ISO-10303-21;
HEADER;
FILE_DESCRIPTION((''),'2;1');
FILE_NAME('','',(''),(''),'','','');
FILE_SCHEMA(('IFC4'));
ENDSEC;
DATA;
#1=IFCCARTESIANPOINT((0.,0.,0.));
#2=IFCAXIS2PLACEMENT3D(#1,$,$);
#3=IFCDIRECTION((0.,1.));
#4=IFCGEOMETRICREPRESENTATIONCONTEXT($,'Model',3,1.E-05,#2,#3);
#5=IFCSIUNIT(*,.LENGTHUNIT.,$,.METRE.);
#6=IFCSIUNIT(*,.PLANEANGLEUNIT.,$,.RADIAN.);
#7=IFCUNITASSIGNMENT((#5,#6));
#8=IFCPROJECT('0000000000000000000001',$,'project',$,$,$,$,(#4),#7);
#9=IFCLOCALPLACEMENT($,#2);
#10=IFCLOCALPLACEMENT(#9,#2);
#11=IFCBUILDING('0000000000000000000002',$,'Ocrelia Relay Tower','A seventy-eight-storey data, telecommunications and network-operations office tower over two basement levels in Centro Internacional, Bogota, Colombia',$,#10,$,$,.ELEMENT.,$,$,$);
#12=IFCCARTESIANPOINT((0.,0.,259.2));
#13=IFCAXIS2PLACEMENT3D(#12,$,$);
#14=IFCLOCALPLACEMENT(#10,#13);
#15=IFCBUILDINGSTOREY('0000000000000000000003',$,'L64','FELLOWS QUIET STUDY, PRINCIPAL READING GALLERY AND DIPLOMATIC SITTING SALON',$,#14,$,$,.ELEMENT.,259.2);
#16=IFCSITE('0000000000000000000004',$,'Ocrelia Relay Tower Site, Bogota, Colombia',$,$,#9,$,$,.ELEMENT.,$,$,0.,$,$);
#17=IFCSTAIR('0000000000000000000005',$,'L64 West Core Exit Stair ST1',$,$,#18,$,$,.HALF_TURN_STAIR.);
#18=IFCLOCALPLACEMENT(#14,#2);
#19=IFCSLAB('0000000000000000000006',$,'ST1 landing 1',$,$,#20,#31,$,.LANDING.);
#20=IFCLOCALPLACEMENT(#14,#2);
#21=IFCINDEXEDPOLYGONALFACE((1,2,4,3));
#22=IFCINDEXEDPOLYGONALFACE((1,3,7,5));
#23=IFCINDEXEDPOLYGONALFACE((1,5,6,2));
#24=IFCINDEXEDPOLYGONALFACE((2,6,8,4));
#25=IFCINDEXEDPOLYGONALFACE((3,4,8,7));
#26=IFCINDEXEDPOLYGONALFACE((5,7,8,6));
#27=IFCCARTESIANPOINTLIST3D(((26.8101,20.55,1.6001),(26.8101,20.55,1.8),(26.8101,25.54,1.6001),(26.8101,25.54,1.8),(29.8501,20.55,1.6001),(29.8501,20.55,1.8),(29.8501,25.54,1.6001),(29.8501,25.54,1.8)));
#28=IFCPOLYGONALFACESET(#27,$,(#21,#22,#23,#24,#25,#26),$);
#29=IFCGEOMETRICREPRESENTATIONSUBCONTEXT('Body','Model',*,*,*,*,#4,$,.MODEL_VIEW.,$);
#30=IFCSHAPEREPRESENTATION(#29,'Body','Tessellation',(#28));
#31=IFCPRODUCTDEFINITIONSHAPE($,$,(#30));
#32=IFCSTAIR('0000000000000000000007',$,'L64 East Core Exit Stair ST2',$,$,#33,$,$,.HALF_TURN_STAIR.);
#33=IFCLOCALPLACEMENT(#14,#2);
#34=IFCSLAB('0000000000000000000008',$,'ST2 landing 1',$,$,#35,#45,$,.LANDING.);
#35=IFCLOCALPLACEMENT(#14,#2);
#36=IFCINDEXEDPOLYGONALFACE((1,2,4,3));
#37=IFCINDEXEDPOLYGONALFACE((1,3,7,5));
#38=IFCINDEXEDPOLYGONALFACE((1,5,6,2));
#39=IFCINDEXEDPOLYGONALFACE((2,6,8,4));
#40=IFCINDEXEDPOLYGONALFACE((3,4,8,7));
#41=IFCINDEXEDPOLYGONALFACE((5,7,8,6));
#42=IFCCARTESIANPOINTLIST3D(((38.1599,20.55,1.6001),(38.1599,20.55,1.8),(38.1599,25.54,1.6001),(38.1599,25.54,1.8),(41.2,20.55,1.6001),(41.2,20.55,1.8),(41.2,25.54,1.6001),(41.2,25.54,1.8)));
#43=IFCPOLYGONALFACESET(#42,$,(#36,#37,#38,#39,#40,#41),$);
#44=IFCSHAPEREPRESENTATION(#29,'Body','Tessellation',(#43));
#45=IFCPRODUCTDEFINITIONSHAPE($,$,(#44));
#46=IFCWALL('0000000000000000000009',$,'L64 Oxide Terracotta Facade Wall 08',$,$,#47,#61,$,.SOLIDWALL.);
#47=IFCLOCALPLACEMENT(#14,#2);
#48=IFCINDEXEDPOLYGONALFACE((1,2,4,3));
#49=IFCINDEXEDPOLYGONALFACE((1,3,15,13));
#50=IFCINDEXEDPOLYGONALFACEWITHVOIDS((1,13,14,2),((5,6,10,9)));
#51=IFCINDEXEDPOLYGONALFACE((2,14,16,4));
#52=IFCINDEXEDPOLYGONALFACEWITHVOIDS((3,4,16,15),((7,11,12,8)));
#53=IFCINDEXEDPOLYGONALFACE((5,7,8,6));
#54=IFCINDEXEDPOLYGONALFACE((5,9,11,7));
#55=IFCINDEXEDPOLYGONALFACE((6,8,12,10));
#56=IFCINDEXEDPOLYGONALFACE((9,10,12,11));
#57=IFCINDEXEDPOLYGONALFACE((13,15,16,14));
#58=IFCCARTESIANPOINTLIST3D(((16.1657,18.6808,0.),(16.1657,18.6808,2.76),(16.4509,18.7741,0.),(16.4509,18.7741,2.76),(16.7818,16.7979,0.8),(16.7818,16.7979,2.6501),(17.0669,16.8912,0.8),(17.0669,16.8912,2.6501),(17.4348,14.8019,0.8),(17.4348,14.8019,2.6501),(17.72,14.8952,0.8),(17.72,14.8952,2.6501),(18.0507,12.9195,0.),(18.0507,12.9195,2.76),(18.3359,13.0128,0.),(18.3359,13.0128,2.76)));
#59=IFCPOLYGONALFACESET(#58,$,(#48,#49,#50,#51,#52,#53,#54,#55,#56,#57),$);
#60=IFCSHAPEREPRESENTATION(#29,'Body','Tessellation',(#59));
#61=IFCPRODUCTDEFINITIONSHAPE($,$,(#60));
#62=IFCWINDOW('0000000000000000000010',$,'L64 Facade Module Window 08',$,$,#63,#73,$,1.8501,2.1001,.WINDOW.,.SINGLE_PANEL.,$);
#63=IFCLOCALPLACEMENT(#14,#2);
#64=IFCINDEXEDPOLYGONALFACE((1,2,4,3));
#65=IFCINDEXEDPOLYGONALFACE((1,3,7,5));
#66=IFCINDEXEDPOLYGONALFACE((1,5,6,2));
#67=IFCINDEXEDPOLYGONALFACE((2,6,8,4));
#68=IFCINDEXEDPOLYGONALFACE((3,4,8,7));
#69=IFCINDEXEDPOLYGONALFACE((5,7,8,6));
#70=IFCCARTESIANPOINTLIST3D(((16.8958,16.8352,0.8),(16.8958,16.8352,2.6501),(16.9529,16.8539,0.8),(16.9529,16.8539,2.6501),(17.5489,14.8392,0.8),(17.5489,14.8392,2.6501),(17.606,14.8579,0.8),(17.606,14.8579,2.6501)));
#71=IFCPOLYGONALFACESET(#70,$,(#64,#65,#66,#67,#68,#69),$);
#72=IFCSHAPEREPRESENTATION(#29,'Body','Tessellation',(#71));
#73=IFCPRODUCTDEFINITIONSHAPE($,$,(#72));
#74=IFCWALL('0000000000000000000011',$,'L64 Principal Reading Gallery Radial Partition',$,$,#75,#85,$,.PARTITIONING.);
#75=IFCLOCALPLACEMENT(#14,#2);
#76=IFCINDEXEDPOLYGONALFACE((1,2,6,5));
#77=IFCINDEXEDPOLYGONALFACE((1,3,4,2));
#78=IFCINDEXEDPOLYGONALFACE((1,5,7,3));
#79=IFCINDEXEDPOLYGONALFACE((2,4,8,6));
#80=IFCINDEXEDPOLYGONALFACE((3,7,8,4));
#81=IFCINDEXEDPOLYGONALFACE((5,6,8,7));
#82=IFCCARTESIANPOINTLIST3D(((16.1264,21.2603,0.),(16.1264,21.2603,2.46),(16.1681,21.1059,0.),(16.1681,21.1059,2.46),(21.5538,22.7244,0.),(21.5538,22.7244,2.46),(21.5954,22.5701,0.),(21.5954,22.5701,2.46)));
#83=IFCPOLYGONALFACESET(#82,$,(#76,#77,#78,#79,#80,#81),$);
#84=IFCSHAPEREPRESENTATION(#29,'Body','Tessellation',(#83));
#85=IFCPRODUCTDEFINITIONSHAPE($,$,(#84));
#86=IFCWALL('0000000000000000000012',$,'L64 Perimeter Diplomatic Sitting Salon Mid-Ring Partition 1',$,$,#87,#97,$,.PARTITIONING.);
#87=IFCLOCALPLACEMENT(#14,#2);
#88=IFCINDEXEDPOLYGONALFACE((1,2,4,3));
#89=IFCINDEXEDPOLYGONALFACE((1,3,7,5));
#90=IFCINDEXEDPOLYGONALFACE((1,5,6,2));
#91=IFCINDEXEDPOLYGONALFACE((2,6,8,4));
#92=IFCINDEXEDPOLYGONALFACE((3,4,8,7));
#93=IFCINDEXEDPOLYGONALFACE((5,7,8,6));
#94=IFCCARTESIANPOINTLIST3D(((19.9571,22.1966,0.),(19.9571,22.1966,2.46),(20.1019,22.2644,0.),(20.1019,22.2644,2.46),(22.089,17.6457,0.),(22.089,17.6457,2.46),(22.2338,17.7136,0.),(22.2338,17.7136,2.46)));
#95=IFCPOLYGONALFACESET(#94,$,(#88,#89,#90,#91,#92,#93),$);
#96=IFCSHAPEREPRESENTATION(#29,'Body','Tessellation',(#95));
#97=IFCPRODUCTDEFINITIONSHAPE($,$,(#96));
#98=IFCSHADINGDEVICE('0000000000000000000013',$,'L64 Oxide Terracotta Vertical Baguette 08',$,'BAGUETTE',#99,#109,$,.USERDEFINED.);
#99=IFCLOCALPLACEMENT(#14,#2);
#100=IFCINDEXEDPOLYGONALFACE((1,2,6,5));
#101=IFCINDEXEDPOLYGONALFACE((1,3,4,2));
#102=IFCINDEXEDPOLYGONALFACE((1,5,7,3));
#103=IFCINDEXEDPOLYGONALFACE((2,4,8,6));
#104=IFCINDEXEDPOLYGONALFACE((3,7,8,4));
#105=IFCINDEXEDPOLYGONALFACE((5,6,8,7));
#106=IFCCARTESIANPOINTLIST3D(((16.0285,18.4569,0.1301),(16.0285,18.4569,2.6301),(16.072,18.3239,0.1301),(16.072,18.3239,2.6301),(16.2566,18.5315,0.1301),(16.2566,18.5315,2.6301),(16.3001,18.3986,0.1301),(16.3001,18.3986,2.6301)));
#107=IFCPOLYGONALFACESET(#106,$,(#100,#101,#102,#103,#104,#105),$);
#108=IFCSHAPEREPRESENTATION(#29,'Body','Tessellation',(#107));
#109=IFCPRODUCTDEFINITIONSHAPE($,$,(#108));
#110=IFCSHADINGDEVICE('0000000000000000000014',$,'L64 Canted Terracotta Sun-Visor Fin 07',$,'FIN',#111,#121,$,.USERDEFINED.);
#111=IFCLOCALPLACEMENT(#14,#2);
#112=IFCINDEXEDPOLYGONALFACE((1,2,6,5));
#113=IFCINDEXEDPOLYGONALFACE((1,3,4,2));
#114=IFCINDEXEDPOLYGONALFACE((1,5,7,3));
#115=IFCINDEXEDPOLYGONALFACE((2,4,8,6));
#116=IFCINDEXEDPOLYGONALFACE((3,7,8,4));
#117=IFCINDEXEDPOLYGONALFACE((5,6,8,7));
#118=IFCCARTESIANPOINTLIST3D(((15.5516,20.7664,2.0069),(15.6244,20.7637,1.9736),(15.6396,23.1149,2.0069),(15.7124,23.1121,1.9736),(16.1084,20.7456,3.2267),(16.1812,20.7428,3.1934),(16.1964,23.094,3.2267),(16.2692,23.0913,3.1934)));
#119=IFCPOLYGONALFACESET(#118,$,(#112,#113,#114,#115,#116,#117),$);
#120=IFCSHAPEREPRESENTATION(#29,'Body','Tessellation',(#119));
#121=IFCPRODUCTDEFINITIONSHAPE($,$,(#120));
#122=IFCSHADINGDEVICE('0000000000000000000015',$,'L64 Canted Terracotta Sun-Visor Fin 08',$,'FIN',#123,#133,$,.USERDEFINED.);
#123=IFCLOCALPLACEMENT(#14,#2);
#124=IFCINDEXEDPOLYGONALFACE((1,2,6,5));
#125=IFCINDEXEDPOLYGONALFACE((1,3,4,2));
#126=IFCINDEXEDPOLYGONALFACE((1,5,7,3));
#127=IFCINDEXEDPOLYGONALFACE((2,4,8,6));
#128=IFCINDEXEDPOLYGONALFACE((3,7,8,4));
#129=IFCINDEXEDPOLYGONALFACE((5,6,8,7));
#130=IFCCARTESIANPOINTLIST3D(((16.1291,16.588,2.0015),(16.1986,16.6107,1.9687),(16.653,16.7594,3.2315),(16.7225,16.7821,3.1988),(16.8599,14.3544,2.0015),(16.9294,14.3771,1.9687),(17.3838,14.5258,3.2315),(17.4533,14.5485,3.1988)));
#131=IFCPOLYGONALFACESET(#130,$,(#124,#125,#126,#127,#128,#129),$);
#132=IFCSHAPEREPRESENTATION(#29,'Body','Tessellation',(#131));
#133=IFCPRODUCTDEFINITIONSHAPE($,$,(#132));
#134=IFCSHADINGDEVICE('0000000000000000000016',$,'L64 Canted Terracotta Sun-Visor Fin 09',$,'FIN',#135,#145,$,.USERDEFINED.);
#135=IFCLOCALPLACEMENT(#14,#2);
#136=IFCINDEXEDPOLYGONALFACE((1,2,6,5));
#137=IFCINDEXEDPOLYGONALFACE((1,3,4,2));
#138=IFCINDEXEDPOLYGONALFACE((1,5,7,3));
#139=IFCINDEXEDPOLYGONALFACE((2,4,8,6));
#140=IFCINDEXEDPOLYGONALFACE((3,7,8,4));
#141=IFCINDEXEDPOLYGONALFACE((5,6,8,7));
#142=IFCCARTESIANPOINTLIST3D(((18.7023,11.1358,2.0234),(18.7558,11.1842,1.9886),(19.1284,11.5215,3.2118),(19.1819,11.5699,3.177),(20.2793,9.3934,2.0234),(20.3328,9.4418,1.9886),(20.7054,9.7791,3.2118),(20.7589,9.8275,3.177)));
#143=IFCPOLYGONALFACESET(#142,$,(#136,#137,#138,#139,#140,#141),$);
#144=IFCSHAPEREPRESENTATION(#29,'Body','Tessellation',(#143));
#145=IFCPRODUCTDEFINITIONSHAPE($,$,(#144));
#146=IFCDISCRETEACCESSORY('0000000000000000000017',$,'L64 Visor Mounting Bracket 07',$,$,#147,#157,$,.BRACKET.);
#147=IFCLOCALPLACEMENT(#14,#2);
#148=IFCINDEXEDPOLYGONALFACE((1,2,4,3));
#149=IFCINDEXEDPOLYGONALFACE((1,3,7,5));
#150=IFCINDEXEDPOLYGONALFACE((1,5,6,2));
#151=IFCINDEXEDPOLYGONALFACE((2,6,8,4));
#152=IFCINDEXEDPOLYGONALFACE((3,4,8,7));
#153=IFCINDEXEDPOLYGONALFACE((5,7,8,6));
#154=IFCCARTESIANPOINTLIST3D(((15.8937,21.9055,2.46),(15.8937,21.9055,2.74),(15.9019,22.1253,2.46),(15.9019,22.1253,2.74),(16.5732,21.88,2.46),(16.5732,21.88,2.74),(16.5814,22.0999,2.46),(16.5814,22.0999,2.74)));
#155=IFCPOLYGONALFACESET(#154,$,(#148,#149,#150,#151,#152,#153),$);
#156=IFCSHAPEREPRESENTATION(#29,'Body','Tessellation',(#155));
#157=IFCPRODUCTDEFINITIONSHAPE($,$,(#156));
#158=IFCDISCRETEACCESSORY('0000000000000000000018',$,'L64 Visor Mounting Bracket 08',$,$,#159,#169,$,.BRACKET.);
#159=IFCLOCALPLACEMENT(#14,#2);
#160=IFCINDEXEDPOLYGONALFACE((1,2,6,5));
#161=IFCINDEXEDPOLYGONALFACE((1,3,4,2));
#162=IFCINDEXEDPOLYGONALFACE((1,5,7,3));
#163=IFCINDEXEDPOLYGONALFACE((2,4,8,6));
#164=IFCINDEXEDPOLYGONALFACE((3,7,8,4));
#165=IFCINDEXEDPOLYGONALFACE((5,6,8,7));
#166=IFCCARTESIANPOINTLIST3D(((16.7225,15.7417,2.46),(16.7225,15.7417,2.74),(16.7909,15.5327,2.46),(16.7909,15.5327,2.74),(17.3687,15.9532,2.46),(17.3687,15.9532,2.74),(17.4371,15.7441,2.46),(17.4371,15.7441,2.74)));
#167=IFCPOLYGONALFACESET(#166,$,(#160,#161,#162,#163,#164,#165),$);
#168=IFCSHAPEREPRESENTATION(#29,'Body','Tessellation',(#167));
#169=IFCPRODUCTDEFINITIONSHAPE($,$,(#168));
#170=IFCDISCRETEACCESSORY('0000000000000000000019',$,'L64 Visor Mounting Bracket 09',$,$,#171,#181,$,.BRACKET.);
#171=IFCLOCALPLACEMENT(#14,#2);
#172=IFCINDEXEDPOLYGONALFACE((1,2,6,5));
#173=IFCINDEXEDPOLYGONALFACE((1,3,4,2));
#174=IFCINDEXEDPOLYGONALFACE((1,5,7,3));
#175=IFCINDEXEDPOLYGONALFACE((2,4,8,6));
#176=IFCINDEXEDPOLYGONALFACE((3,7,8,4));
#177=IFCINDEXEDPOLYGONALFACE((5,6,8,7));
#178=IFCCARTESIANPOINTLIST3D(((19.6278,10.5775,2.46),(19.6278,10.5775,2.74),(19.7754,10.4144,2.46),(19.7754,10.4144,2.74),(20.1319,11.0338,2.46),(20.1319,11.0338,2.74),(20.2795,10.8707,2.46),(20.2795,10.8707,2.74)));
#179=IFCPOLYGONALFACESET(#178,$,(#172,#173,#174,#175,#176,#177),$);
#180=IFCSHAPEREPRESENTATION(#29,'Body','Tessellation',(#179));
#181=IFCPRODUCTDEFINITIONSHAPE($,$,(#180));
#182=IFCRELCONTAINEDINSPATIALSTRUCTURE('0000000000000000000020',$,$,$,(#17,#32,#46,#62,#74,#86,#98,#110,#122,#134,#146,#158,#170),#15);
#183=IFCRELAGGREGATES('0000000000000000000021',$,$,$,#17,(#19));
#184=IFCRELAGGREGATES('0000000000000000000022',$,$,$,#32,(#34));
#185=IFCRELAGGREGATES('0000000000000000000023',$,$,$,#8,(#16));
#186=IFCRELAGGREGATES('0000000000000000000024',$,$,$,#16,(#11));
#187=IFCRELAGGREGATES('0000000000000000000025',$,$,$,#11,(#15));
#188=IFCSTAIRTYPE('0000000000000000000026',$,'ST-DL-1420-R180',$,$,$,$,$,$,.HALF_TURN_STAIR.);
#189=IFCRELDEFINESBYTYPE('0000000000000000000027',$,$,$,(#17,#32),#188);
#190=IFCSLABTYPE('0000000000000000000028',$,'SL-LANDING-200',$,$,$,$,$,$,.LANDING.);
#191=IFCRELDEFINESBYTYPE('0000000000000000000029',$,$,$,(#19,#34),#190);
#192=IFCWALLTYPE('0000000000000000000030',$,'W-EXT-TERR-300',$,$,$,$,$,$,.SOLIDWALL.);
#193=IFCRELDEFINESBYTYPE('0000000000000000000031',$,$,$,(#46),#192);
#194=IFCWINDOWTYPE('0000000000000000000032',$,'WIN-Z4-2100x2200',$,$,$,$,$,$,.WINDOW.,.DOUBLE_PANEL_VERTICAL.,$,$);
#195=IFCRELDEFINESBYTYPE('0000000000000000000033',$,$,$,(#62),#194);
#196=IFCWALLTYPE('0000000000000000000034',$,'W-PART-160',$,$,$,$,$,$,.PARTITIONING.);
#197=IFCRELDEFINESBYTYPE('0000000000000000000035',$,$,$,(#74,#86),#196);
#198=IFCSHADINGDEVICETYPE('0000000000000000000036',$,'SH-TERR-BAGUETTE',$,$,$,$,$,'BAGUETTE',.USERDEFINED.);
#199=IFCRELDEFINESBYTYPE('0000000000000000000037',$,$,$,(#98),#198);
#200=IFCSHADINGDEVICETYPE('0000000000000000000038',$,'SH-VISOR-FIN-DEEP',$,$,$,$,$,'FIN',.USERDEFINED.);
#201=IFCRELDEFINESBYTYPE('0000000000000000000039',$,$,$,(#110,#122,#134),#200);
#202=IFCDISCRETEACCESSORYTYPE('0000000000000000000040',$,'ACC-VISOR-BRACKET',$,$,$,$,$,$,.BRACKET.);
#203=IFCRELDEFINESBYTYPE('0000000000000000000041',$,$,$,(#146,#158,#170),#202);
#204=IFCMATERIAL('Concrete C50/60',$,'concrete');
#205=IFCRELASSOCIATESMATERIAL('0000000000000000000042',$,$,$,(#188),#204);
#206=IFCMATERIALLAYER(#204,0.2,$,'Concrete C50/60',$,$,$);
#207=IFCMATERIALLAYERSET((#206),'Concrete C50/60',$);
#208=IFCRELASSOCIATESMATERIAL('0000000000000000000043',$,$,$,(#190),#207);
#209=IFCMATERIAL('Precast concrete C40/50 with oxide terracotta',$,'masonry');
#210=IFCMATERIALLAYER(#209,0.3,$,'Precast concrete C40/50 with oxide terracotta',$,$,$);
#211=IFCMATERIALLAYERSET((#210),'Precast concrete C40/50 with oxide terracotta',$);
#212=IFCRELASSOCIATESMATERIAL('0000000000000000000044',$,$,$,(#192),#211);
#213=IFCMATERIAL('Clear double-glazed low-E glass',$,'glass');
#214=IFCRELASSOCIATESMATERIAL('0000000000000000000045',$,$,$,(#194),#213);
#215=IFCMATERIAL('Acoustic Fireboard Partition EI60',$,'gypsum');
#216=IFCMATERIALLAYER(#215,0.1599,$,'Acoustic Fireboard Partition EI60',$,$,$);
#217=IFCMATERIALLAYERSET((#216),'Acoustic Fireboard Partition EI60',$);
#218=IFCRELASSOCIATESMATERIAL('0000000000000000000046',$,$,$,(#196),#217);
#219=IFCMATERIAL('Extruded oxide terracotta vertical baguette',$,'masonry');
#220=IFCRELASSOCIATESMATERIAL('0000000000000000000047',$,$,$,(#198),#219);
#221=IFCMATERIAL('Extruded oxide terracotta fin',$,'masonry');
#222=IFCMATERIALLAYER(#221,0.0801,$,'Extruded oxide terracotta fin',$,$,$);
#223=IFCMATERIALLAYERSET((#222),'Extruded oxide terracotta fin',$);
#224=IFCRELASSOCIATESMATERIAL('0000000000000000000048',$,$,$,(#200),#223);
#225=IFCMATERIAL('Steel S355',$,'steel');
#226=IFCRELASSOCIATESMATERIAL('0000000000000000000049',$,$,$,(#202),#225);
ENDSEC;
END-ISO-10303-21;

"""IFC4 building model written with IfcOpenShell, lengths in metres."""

from ifc_helpers import new_model, si_unit, direction, frame, frame_2d, origin, origin_2d, place, context, subcontext, project, spatial, polyline, rectangle, outline, extrude, material, layer, layer_set, type_object, element, fill, aggregate, save


model = new_model("IFC4")

# Units and contexts
model_context = context("Model", 3, precision=1e-05, world=origin(), true_north=direction((0.0, 1.0)))
body_context = subcontext(model_context, "Body", "Model", "MODEL_VIEW")
ifc_project = project(units=[si_unit("LENGTHUNIT", "METRE"), si_unit("PLANEANGLEUNIT", "RADIAN")], contexts=[model_context])

# Site, building, storey
site_placement = place(None, origin())
site = spatial("IfcSite", under=ifc_project, at=site_placement, Name="Ocrelia Relay Tower Site, Bogota, Colombia", CompositionType="ELEMENT", RefElevation=0.0)
building_placement = place(site_placement, origin())
building = spatial("IfcBuilding", under=site, at=building_placement, Name="Ocrelia Relay Tower", Description="A seventy-eight-storey data, telecommunications and network-operations office tower over two basement levels in Centro Internacional, Bogota, Colombia", CompositionType="ELEMENT")
storey_placement = place(building_placement, frame((0.0, 0.0, 259.2)))
storey = spatial("IfcBuildingStorey", under=building, at=storey_placement, Name="L64", Description="FELLOWS QUIET STUDY, PRINCIPAL READING GALLERY AND DIPLOMATIC SITTING SALON", CompositionType="ELEMENT", Elevation=259.2)

# Shared definitions
ifc_material_1 = material(Name="Concrete C50/60", Category="concrete")

# Shared definitions
ifc_material_2 = material(Name="Steel S355", Category="steel")

# Shared definitions
ifc_material_3 = material(Name="Clear double-glazed low-E glass", Category="glass")

# Stairs, slabs
stair_type = type_object("IfcStairType", Name="ST-DL-1420-R180", PredefinedType="HALF_TURN_STAIR", material=ifc_material_1)
stair_1_placement = place(storey_placement, origin())
stair_1 = element("IfcStair", 1, at=stair_1_placement, inside=storey, type_object=stair_type, Name="L64 West Core Exit Stair ST1", PredefinedType="HALF_TURN_STAIR")
ifc_layer_1 = layer(ifc_material_1, 0.2, Name="Concrete C50/60")
ifc_layer_set_1 = layer_set([ifc_layer_1], Name="Concrete C50/60")
slab_type_1 = type_object("IfcSlabType", Name="SL-LANDING-200", PredefinedType="LANDING", material=ifc_layer_set_1)
slab_1_placement = place(storey_placement, frame((0.0, 0.0, 1.6001)))
slab_1 = element("IfcSlab", 2, at=slab_1_placement, type_object=slab_type_1, Name="ST1 landing 1", PredefinedType="LANDING", context=body_context, shape_type="SweptSolid", body=[
    extrude(outline(polyline([(26.8101, 25.54), (26.8101, 20.55), (29.8501, 20.55), (29.8501, 25.54), (26.8101, 25.54)])), origin(), (0.0, 0.0, 1.0), 0.2),
])
aggregate(stair_1, [slab_1])
stair_2_placement = place(storey_placement, origin())
stair_2 = element("IfcStair", 3, at=stair_2_placement, inside=storey, type_object=stair_type, Name="L64 East Core Exit Stair ST2", PredefinedType="HALF_TURN_STAIR")
slab_2_placement = place(storey_placement, frame((0.0, 0.0, 1.6001)))
slab_2 = element("IfcSlab", 4, at=slab_2_placement, type_object=slab_type_1, Name="ST2 landing 1", PredefinedType="LANDING", context=body_context, shape_type="SweptSolid", body=[
    extrude(outline(polyline([(38.1599, 25.54), (38.1599, 20.55), (41.2, 20.55), (41.2, 25.54), (38.1599, 25.54)])), origin(), (0.0, 0.0, 1.0), 0.2),
])
aggregate(stair_2, [slab_2])

# Wall, opening, window
ifc_material_4 = material(Name="Precast concrete C40/50 with oxide terracotta", Category="masonry")
ifc_layer_2 = layer(ifc_material_4, 0.3, Name="Precast concrete C40/50 with oxide terracotta")
ifc_layer_set_2 = layer_set([ifc_layer_2], Name="Precast concrete C40/50 with oxide terracotta")
wall_type_1 = type_object("IfcWallType", Name="W-EXT-TERR-300", PredefinedType="SOLIDWALL", material=ifc_layer_set_2)
wall_1_placement = place(storey_placement, frame((16.3083, 18.7273, 0.0), z_axis=(0.0, 0.0, 1.0), x_axis=(0.310967, -0.950421, 0.0)))
wall_1 = element("IfcWall", 5, at=wall_1_placement, inside=storey, type_object=wall_type_1, Name="L64 Oxide Terracotta Facade Wall 08", PredefinedType="SOLIDWALL", context=body_context, shape_type="SweptSolid", body=[
    extrude(rectangle(XDim=6.0618, YDim=0.3, at=frame_2d((3.0308, 0.0))), origin(), (0.0, 0.0, 1.0), 2.76),
])
opening_placement = place(wall_1_placement, frame((1.981, 0.0, 0.8)))
opening = element("IfcOpeningElement", 6, at=opening_placement, cuts=wall_1, PredefinedType="OPENING", context=body_context, shape_type="SweptSolid", body=[
    extrude(rectangle(XDim=2.1001, YDim=1.8501, at=frame_2d((1.05, 0.925))), frame((0.0, 0.1602, 0.0), z_axis=(0.0, -1.0, 0.0), x_axis=(1.0, 0.0, 0.0)), (0.0, 0.0, 1.0), 0.3201),
])
window_type = type_object("IfcWindowType", Name="WIN-Z4-2100x2200", PartitioningType="DOUBLE_PANEL_VERTICAL", PredefinedType="WINDOW", material=ifc_material_3)
window_placement = place(opening_placement, origin())
window = element("IfcWindow", 7, at=window_placement, inside=storey, type_object=window_type, Name="L64 Facade Module Window 08", OverallHeight=1.8501, OverallWidth=2.1001, PartitioningType="SINGLE_PANEL", PredefinedType="WINDOW", context=body_context, shape_type="SweptSolid", body=[
    extrude(rectangle(XDim=2.1001, YDim=1.8501, at=frame_2d((1.05, 0.925))), frame((0.0, 0.03, 0.0), z_axis=(0.0, -1.0, 0.0), x_axis=(1.0, 0.0, 0.0)), (0.0, 0.0, 1.0), 0.0601),
])
fill(opening, window)

# Walls
ifc_material_5 = material(Name="Acoustic Fireboard Partition EI60", Category="gypsum")
ifc_layer_3 = layer(ifc_material_5, 0.1599, Name="Acoustic Fireboard Partition EI60")
ifc_layer_set_3 = layer_set([ifc_layer_3], Name="Acoustic Fireboard Partition EI60")
wall_type_2 = type_object("IfcWallType", Name="W-PART-160", PredefinedType="PARTITIONING", material=ifc_layer_set_3)
wall_2_placement = place(storey_placement, frame((21.5745, 22.6472, 0.0), z_axis=(0.0, 0.0, 1.0), x_axis=(-0.965485, -0.260459, 0.0)))
element("IfcWall", 8, at=wall_2_placement, inside=storey, type_object=wall_type_2, Name="L64 Principal Reading Gallery Radial Partition", PredefinedType="PARTITIONING", context=body_context, shape_type="SweptSolid", body=[
    extrude(rectangle(XDim=5.6213, YDim=0.1599, at=frame_2d((2.8105, 0.0))), origin(), (0.0, 0.0, 1.0), 2.46),
])
wall_3_placement = place(storey_placement, frame((20.0295, 22.2305, 0.0), z_axis=(0.0, 0.0, 1.0), x_axis=(0.424215, -0.905562, 0.0)))
element("IfcWall", 9, at=wall_3_placement, inside=storey, type_object=wall_type_2, Name="L64 Perimeter Diplomatic Sitting Salon Mid-Ring Partition 1", PredefinedType="PARTITIONING", context=body_context, shape_type="SweptSolid", body=[
    extrude(rectangle(XDim=5.0254, YDim=0.1599, at=frame_2d((2.5127, 0.0))), origin(), (0.0, 0.0, 1.0), 2.46),
])

# Shading devices
ifc_material_6 = material(Name="Extruded oxide terracotta vertical baguette", Category="masonry")
shading_device_type_1 = type_object("IfcShadingDeviceType", Name="SH-TERR-BAGUETTE", ElementType="BAGUETTE", PredefinedType="USERDEFINED", material=ifc_material_6)
shading_device_1_placement = place(storey_placement, frame((16.1643, 18.4277, 0.1301), z_axis=(0.0, 0.0, 1.0), x_axis=(0.310962, -0.950422, 0.0)))
element("IfcShadingDevice", 10, at=shading_device_1_placement, inside=storey, type_object=shading_device_type_1, Name="L64 Oxide Terracotta Vertical Baguette 08", ObjectType="BAGUETTE", PredefinedType="USERDEFINED", context=body_context, shape_type="SweptSolid", body=[
    extrude(rectangle(XDim=0.1399, YDim=0.24, at=origin_2d()), origin(), (0.0, 0.0, 1.0), 2.5),
])
ifc_material_7 = material(Name="Extruded oxide terracotta fin", Category="masonry")
ifc_layer_4 = layer(ifc_material_7, 0.0801, Name="Extruded oxide terracotta fin")
ifc_layer_set_4 = layer_set([ifc_layer_4], Name="Extruded oxide terracotta fin")
shading_device_type_2 = type_object("IfcShadingDeviceType", Name="SH-VISOR-FIN-DEEP", ElementType="FIN", PredefinedType="USERDEFINED", material=ifc_layer_set_4)
shading_device_2_placement = place(storey_placement, frame((15.9468, 21.9275, 2.5835), z_axis=(-0.908961, 0.034066, 0.415487), x_axis=(-0.037452, -0.999298, 0.0)))
element("IfcShadingDevice", 11, at=shading_device_2_placement, inside=storey, type_object=shading_device_type_2, Name="L64 Canted Terracotta Sun-Visor Fin 07", ObjectType="FIN", PredefinedType="USERDEFINED", context=body_context, shape_type="SweptSolid", body=[
    extrude(rectangle(XDim=2.3501, YDim=1.3411, at=origin_2d()), origin(), (0.0, 0.0, 1.0), 0.0801),
])
shading_device_3_placement = place(storey_placement, frame((16.8259, 15.5796, 2.5837), z_axis=(-0.867307, -0.283768, 0.408968), x_axis=(0.310962, -0.950422, 0.0)))
element("IfcShadingDevice", 12, at=shading_device_3_placement, inside=storey, type_object=shading_device_type_2, Name="L64 Canted Terracotta Sun-Visor Fin 08", ObjectType="FIN", PredefinedType="USERDEFINED", context=body_context, shape_type="SweptSolid", body=[
    extrude(rectangle(XDim=2.3501, YDim=1.3479, at=origin_2d()), origin(), (0.0, 0.0, 1.0), 0.0801),
])
shading_device_4_placement = place(storey_placement, frame((19.7573, 10.5059, 2.5828), z_axis=(-0.667454, -0.604105, 0.435388), x_axis=(0.671047, -0.741415, 0.0)))
element("IfcShadingDevice", 13, at=shading_device_4_placement, inside=storey, type_object=shading_device_type_2, Name="L64 Canted Terracotta Sun-Visor Fin 09", ObjectType="FIN", PredefinedType="USERDEFINED", context=body_context, shape_type="SweptSolid", body=[
    extrude(rectangle(XDim=2.3501, YDim=1.3201, at=origin_2d()), origin(), (0.0, 0.0, 1.0), 0.0801),
])

# Discrete accessories
discrete_accessory_type = type_object("IfcDiscreteAccessoryType", Name="ACC-VISOR-BRACKET", PredefinedType="BRACKET", material=ifc_material_2)
for number, where, z_axis, x_axis, name in (
    (14, (16.2375, 22.0027, 2.46), (0.0, 0.0, 1.0), (-0.037452, -0.999298, 0.0), "L64 Visor Mounting Bracket 07"),
    (15, (17.0798, 15.7429, 2.46), (0.0, 0.0, 1.0), (0.310962, -0.950422, 0.0), "L64 Visor Mounting Bracket 08"),
    (16, (19.9536, 10.7241, 2.46), (0.0, 0.0, 1.0), (0.671047, -0.741415, 0.0), "L64 Visor Mounting Bracket 09"),
):
    element("IfcDiscreteAccessory", number, at=place(storey_placement, frame(where, z_axis=z_axis, x_axis=x_axis)), inside=storey, type_object=discrete_accessory_type, Name=name, PredefinedType="BRACKET", context=body_context, shape_type="SweptSolid", body=[
        extrude(rectangle(XDim=0.22, YDim=0.6799, at=origin_2d()), origin(), (0.0, 0.0, 1.0), 0.28),
    ])

save(model, "model.ifc")
